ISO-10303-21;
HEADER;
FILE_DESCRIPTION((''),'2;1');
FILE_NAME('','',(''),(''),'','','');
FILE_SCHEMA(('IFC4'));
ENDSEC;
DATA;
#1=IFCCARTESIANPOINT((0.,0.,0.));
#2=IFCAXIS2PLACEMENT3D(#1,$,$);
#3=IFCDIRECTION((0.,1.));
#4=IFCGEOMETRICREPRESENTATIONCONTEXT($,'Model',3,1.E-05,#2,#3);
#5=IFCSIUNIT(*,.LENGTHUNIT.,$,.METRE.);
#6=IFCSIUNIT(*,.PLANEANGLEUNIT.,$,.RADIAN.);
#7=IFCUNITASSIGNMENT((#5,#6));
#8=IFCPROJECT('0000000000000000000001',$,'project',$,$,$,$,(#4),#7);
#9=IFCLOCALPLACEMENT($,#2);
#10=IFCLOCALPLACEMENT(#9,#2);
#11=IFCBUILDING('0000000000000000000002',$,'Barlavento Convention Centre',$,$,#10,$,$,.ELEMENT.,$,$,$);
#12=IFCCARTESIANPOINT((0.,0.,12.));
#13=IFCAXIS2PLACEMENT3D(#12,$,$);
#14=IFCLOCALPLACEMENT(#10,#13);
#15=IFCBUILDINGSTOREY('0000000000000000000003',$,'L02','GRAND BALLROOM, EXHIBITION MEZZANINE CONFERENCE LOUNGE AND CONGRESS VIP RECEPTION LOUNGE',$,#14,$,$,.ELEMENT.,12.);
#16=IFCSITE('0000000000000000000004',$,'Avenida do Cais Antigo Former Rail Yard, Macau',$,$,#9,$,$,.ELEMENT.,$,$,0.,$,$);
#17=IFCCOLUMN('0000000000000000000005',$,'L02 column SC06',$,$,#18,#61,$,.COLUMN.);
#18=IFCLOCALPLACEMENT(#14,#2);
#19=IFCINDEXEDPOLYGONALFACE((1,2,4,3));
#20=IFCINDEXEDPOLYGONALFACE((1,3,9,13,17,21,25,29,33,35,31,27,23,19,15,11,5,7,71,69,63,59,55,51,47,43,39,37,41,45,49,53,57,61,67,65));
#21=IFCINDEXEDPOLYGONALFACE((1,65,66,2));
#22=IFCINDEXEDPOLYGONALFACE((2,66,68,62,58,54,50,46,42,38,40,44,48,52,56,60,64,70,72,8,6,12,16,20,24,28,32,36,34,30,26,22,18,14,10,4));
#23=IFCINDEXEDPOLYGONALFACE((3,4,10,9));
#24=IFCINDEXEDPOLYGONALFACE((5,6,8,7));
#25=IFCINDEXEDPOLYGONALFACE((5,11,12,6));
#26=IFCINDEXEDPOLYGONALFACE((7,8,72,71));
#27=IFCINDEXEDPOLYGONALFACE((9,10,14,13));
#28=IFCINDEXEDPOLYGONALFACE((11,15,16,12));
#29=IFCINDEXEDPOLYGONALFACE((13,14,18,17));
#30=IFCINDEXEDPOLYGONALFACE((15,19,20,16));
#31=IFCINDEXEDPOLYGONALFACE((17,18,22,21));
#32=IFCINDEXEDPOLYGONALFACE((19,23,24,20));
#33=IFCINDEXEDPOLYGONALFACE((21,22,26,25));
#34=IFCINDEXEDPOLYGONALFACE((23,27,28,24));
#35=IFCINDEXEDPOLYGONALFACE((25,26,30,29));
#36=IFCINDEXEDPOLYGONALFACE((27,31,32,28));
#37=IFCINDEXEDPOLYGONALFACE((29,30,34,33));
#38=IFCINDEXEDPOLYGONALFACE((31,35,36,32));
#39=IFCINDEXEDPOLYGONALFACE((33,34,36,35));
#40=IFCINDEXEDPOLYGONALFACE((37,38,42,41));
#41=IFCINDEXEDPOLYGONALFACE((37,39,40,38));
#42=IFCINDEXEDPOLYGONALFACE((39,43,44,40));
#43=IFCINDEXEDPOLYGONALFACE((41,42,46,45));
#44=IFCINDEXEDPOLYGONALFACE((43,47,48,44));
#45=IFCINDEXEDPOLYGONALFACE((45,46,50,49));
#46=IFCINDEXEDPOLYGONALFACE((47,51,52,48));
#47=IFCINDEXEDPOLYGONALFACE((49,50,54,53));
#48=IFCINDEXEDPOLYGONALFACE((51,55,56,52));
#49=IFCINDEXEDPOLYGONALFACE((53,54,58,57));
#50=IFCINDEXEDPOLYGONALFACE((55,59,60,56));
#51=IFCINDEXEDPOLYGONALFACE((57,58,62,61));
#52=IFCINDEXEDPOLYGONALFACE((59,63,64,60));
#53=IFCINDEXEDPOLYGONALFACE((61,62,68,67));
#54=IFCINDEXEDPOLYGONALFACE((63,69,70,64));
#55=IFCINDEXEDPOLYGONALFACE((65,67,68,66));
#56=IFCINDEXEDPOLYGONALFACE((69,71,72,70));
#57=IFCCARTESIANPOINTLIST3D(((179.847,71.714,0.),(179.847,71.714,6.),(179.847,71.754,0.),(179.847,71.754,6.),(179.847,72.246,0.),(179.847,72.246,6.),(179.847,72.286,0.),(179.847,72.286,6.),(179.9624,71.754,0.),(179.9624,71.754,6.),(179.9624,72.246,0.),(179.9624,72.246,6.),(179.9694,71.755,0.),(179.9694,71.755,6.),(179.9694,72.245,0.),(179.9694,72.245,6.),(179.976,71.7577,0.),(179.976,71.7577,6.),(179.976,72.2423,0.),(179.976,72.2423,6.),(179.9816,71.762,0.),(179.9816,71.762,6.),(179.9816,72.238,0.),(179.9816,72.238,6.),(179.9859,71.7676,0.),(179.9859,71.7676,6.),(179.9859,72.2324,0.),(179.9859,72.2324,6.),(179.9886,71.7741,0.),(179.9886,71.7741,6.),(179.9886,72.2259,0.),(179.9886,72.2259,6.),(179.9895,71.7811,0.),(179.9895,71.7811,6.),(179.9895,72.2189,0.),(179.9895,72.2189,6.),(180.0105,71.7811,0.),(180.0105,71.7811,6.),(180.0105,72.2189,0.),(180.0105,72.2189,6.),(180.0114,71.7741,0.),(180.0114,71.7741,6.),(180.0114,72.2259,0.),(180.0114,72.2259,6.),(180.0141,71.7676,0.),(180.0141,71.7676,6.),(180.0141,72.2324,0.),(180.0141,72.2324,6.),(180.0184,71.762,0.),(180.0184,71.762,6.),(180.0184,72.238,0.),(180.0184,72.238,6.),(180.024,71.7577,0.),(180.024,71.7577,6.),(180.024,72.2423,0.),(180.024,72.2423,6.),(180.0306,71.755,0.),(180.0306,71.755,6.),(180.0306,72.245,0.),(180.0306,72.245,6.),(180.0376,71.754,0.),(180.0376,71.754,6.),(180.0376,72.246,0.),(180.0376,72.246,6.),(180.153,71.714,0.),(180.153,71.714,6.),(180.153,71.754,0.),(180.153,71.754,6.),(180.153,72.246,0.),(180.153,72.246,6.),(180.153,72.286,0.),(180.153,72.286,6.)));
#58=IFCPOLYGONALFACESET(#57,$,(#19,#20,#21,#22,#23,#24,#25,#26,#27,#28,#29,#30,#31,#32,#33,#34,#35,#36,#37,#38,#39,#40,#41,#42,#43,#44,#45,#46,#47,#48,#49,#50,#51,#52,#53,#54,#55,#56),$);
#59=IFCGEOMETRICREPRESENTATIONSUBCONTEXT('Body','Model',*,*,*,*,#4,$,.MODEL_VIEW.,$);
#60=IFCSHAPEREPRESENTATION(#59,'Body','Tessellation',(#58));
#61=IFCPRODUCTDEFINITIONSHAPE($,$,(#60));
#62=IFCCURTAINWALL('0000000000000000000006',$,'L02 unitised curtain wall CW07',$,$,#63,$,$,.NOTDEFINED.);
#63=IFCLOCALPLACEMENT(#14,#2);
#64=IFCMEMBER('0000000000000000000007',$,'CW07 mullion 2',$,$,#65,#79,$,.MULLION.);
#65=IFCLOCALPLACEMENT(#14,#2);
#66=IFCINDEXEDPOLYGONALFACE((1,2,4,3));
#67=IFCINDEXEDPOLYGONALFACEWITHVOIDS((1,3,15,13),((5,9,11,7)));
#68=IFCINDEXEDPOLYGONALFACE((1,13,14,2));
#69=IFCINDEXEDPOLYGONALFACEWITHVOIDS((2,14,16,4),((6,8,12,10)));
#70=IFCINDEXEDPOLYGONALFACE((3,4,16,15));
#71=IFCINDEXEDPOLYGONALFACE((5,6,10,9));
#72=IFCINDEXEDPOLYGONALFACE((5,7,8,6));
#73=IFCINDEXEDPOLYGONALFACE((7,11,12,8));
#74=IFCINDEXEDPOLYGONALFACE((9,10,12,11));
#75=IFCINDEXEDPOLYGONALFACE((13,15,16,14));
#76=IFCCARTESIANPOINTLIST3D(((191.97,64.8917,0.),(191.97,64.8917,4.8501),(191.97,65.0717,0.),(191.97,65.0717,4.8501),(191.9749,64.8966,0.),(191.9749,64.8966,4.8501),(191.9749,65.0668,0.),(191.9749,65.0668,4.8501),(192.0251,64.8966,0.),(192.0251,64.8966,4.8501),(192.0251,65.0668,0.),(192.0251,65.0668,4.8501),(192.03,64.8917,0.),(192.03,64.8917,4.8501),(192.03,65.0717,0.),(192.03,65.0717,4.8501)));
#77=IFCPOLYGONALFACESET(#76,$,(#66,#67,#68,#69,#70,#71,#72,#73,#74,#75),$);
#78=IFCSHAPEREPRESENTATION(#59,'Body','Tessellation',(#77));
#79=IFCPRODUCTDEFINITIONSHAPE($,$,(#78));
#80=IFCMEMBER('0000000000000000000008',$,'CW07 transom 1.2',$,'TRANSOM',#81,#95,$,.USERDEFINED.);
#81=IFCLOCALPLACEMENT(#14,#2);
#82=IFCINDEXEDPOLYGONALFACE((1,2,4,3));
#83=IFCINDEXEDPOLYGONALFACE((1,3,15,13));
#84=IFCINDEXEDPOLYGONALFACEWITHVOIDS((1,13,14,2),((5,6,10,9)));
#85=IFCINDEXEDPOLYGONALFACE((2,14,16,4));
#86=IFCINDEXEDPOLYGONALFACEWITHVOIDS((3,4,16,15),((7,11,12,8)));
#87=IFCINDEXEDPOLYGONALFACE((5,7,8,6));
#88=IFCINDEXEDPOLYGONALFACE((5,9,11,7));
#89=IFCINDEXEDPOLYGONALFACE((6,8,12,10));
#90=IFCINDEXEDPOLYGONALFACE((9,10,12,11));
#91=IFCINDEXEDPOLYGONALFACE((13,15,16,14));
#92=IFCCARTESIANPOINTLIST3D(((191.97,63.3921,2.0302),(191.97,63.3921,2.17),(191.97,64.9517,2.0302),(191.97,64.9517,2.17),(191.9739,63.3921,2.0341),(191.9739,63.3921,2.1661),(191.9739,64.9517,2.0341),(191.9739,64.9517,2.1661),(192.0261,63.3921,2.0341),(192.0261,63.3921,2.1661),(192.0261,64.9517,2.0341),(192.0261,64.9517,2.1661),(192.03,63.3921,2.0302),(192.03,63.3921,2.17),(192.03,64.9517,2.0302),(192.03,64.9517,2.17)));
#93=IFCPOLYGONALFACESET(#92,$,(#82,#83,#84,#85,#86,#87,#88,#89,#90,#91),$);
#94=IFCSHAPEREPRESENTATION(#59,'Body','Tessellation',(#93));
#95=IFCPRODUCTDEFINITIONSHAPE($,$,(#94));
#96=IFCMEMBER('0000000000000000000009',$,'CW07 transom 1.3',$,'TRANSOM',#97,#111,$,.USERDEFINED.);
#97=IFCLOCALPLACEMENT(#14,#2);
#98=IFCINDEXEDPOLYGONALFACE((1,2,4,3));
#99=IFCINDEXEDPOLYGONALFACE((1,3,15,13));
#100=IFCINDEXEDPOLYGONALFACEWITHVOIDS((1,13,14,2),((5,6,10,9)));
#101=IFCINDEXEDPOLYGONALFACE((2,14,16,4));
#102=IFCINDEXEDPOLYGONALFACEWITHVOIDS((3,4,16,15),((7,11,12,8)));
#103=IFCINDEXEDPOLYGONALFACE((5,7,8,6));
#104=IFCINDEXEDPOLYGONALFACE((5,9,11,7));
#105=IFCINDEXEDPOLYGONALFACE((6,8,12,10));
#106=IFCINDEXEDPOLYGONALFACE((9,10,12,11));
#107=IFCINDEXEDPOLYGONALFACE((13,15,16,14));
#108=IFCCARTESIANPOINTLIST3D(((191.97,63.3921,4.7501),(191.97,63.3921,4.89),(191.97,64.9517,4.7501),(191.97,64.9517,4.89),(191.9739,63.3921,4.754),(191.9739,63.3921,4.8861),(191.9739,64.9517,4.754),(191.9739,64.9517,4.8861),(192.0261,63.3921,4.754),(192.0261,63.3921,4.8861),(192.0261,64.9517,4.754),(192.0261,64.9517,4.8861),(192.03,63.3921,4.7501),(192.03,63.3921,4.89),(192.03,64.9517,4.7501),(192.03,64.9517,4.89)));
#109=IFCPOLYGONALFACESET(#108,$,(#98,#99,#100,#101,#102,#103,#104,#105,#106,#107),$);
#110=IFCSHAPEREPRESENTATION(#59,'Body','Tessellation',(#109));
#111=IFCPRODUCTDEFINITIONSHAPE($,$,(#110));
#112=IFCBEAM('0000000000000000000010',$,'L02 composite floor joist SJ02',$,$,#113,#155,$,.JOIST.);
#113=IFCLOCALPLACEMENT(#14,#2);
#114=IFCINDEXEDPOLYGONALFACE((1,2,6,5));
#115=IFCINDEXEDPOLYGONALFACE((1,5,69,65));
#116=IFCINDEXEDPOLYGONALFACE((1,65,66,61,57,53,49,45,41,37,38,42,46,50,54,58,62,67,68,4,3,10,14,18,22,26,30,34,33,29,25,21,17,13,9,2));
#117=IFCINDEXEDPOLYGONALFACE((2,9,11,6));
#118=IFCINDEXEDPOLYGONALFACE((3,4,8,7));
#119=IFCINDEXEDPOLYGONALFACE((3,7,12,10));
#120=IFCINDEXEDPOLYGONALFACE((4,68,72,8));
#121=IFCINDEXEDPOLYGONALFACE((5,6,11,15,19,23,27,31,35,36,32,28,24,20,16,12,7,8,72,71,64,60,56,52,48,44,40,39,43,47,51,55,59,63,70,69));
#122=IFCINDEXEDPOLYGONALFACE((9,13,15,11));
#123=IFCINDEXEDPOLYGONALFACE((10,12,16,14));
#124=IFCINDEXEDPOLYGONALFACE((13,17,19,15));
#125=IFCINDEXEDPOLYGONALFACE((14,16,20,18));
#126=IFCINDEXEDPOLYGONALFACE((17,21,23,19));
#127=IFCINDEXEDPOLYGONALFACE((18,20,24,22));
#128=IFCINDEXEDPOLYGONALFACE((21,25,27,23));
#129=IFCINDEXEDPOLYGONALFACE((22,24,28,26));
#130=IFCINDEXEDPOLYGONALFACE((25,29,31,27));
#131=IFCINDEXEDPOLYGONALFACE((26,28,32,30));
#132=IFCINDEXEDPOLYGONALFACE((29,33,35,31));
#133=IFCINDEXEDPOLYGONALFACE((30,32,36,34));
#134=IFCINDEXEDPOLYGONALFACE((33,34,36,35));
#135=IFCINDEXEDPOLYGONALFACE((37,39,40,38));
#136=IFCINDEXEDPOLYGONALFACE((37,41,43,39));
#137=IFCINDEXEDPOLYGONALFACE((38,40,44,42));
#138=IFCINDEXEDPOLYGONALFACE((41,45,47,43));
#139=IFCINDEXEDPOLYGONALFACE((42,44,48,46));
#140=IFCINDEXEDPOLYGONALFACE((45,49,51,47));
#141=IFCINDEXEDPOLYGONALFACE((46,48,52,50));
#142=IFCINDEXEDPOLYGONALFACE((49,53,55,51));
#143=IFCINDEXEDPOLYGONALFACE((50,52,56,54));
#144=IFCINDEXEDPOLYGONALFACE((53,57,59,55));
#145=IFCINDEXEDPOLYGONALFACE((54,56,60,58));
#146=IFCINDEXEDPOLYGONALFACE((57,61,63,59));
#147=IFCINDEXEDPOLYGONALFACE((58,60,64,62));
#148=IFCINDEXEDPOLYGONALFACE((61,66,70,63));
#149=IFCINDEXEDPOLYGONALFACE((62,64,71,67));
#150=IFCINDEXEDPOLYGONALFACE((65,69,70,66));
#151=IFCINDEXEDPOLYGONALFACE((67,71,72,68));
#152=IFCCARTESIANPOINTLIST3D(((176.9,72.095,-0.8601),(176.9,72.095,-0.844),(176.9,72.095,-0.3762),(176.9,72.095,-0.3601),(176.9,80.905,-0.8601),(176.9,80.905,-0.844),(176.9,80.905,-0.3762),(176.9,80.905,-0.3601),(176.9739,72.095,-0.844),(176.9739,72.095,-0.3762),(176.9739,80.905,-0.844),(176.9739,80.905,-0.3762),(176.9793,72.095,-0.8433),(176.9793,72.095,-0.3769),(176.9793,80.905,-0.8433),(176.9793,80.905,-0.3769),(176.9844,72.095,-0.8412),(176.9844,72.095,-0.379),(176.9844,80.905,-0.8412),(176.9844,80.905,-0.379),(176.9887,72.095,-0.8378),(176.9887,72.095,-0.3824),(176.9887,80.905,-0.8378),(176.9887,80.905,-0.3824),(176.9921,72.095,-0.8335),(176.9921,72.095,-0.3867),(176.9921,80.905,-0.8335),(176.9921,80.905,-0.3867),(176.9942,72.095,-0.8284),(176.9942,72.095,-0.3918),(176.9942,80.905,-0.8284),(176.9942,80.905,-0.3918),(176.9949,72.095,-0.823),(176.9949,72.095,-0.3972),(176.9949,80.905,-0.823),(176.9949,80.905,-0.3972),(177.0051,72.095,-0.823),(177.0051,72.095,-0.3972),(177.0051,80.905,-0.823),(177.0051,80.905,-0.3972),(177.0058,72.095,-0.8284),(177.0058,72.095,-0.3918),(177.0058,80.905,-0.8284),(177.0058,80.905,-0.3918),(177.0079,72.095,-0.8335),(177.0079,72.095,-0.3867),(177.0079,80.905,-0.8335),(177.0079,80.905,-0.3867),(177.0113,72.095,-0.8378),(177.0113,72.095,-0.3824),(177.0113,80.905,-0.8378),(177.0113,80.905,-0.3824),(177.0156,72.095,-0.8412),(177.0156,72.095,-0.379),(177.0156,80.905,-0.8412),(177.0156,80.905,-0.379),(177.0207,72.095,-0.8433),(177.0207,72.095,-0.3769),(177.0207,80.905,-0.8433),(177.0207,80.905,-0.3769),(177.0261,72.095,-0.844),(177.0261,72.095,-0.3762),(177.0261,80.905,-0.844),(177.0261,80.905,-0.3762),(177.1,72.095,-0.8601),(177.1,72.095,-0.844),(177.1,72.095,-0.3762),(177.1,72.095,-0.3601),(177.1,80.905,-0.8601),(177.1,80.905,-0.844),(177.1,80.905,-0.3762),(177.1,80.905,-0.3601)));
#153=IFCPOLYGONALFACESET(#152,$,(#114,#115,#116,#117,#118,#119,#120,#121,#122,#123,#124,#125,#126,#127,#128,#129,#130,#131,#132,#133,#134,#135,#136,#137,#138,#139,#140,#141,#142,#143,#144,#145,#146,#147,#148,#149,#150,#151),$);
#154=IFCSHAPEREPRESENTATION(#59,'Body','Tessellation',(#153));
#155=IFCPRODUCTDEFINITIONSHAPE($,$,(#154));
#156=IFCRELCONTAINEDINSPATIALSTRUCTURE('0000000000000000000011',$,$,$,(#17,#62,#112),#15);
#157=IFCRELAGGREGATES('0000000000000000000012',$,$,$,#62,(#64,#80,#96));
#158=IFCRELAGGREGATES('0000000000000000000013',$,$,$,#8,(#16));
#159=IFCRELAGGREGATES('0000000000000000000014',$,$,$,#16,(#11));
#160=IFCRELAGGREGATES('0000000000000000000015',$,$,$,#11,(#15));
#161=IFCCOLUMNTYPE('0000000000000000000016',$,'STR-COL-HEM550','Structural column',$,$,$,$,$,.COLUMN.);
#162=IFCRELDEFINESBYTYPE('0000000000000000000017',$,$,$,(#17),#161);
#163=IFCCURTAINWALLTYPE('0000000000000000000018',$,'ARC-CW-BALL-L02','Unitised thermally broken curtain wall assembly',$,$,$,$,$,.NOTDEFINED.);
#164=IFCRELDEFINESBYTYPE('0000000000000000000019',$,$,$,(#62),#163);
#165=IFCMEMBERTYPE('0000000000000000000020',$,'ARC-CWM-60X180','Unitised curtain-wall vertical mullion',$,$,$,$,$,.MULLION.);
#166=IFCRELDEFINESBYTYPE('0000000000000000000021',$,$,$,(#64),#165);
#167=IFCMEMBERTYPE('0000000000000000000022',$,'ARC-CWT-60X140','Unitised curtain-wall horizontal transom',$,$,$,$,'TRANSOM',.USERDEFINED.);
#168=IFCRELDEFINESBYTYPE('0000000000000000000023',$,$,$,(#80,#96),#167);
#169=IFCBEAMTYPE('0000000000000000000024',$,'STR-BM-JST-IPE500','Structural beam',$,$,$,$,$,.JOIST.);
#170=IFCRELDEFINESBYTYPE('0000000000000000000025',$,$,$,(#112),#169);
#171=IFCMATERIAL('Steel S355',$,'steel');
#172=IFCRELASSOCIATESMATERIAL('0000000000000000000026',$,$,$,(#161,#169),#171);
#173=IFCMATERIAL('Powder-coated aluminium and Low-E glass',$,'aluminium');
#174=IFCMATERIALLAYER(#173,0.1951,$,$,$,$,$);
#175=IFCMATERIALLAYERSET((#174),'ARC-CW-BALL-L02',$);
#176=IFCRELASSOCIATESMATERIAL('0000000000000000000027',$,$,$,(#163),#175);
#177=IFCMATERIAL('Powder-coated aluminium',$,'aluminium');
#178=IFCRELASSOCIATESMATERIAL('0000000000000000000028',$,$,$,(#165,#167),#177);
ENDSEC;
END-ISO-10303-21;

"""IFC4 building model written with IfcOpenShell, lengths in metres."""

from ifc_helpers import new_model, si_unit, direction, frame, origin, origin_2d, place, context, subcontext, project, spatial, hollow_rectangle, i_section, extrude, material, layer, layer_set, material_profile, profile_set, type_object, element, aggregate, save


model = new_model("IFC4")

# Units and contexts
model_context = context("Model", 3, precision=1e-05, world=origin(), true_north=direction((0.0, 1.0)))
body_context = subcontext(model_context, "Body", "Model", "MODEL_VIEW")
ifc_project = project(units=[si_unit("LENGTHUNIT", "METRE"), si_unit("PLANEANGLEUNIT", "RADIAN")], contexts=[model_context])

# Site, building, storey
site_placement = place(None, origin())
site = spatial("IfcSite", under=ifc_project, at=site_placement, Name="Avenida do Cais Antigo Former Rail Yard, Macau", CompositionType="ELEMENT", RefElevation=0.0)
building_placement = place(site_placement, origin())
building = spatial("IfcBuilding", under=site, at=building_placement, Name="Barlavento Convention Centre", CompositionType="ELEMENT")
storey_placement = place(building_placement, frame((0.0, 0.0, 12.0)))
storey = spatial("IfcBuildingStorey", under=building, at=storey_placement, Name="L02", Description="GRAND BALLROOM, EXHIBITION MEZZANINE CONFERENCE LOUNGE AND CONGRESS VIP RECEPTION LOUNGE", CompositionType="ELEMENT", Elevation=12.0)

# Column
ifc_material_1 = material(Name="Steel S355", Category="steel")
ifc_material_profile_1 = material_profile(ifc_material_1, i_section(OverallWidth=0.3059, OverallDepth=0.572, WebThickness=0.021, FlangeThickness=0.04, FilletRadius=0.0271, at=origin_2d()), Name="HEM 550")
ifc_profile_set_1 = profile_set([ifc_material_profile_1], Name="Steel S355")
column_type = type_object("IfcColumnType", Name="STR-COL-HEM550", Description="Structural column", PredefinedType="COLUMN", material=ifc_profile_set_1)
column_placement = place(storey_placement, frame((180.0, 72.0, 0.0), z_axis=(0.0, 0.0, 1.0), x_axis=(1.0, 0.0, 0.0)))
element("IfcColumn", 1, at=column_placement, inside=storey, type_object=column_type, Name="L02 column SC06", PredefinedType="COLUMN", context=body_context, shape_type="SweptSolid", body=[
    extrude(i_section(OverallWidth=0.3059, OverallDepth=0.572, WebThickness=0.021, FlangeThickness=0.04, FilletRadius=0.0271, at=origin_2d()), origin(), (0.0, 0.0, 1.0), 6.0),
])

# Curtain wall, members
ifc_material_2 = material(Name="Powder-coated aluminium and Low-E glass", Category="aluminium")
ifc_layer_1 = layer(ifc_material_2, 0.1951)
ifc_layer_set_1 = layer_set([ifc_layer_1], Name="ARC-CW-BALL-L02")
curtain_wall_type = type_object("IfcCurtainWallType", Name="ARC-CW-BALL-L02", Description="Unitised thermally broken curtain wall assembly", PredefinedType="NOTDEFINED", material=ifc_layer_set_1)
curtain_wall_placement = place(storey_placement, origin())
curtain_wall = element("IfcCurtainWall", 2, at=curtain_wall_placement, inside=storey, type_object=curtain_wall_type, Name="L02 unitised curtain wall CW07", PredefinedType="NOTDEFINED")
ifc_material_3 = material(Name="Powder-coated aluminium", Category="aluminium")
ifc_material_profile_2 = material_profile(ifc_material_3, hollow_rectangle(XDim=0.0601, YDim=0.1799, WallThickness=0.0049, at=origin_2d()), Name="AL-MULL 60x180x5")
ifc_profile_set_2 = profile_set([ifc_material_profile_2], Name="Powder-coated aluminium")
member_type_1 = type_object("IfcMemberType", Name="ARC-CWM-60X180", Description="Unitised curtain-wall vertical mullion", PredefinedType="MULLION", material=ifc_profile_set_2)
member_1_placement = place(storey_placement, frame((192.0, 64.9817, 0.0), z_axis=(0.0, 0.0, 1.0), x_axis=(-1.0, 0.0, 0.0)))
member_1 = element("IfcMember", 3, at=member_1_placement, type_object=member_type_1, Name="CW07 mullion 2", PredefinedType="MULLION", context=body_context, shape_type="SweptSolid", body=[
    extrude(hollow_rectangle(XDim=0.0601, YDim=0.1799, WallThickness=0.0049, at=origin_2d()), origin(), (0.0, 0.0, 1.0), 4.8501),
])
ifc_material_profile_3 = material_profile(ifc_material_3, hollow_rectangle(XDim=0.0601, YDim=0.1399, WallThickness=0.0039, at=origin_2d()), Name="AL-TRAN 60x140x4")
ifc_profile_set_3 = profile_set([ifc_material_profile_3], Name="Powder-coated aluminium")
member_type_2 = type_object("IfcMemberType", Name="ARC-CWT-60X140", Description="Unitised curtain-wall horizontal transom", ElementType="TRANSOM", PredefinedType="USERDEFINED", material=ifc_profile_set_3)
member_2_placement = place(storey_placement, frame((192.0, 63.3921, 2.1001), z_axis=(0.0, 1.0, 0.0), x_axis=(-1.0, 0.0, 0.0)))
member_2 = element("IfcMember", 4, at=member_2_placement, type_object=member_type_2, Name="CW07 transom 1.2", ObjectType="TRANSOM", PredefinedType="USERDEFINED", context=body_context, shape_type="SweptSolid", body=[
    extrude(hollow_rectangle(XDim=0.0601, YDim=0.1399, WallThickness=0.0039, at=origin_2d()), origin(), (0.0, 0.0, 1.0), 1.5596),
])
member_3_placement = place(storey_placement, frame((192.0, 63.3921, 4.8201), z_axis=(0.0, 1.0, 0.0), x_axis=(-1.0, 0.0, 0.0)))
member_3 = element("IfcMember", 5, at=member_3_placement, type_object=member_type_2, Name="CW07 transom 1.3", ObjectType="TRANSOM", PredefinedType="USERDEFINED", context=body_context, shape_type="SweptSolid", body=[
    extrude(hollow_rectangle(XDim=0.0601, YDim=0.1399, WallThickness=0.0039, at=origin_2d()), origin(), (0.0, 0.0, 1.0), 1.5596),
])

# Beam
ifc_material_profile_4 = material_profile(ifc_material_1, i_section(OverallWidth=0.2, OverallDepth=0.5, WebThickness=0.0103, FlangeThickness=0.0161, FilletRadius=0.021, at=origin_2d()), Name="IPE 500")
ifc_profile_set_4 = profile_set([ifc_material_profile_4], Name="Steel S355")
beam_type_1 = type_object("IfcBeamType", Name="STR-BM-JST-IPE500", Description="Structural beam", PredefinedType="JOIST", material=ifc_profile_set_4)
beam_1_placement = place(storey_placement, frame((177.0, 72.095, -0.6101), z_axis=(0.0, 1.0, 0.0), x_axis=(-1.0, 0.0, 0.0)))
element("IfcBeam", 6, at=beam_1_placement, inside=storey, type_object=beam_type_1, Name="L02 composite floor joist SJ02", PredefinedType="JOIST", context=body_context, shape_type="SweptSolid", body=[
    extrude(i_section(OverallWidth=0.2, OverallDepth=0.5, WebThickness=0.0103, FlangeThickness=0.0161, FilletRadius=0.021, at=origin_2d()), origin(), (0.0, 0.0, 1.0), 8.8101),
])

aggregate(curtain_wall, [member_1, member_2, member_3])

save(model, "model.ifc")
